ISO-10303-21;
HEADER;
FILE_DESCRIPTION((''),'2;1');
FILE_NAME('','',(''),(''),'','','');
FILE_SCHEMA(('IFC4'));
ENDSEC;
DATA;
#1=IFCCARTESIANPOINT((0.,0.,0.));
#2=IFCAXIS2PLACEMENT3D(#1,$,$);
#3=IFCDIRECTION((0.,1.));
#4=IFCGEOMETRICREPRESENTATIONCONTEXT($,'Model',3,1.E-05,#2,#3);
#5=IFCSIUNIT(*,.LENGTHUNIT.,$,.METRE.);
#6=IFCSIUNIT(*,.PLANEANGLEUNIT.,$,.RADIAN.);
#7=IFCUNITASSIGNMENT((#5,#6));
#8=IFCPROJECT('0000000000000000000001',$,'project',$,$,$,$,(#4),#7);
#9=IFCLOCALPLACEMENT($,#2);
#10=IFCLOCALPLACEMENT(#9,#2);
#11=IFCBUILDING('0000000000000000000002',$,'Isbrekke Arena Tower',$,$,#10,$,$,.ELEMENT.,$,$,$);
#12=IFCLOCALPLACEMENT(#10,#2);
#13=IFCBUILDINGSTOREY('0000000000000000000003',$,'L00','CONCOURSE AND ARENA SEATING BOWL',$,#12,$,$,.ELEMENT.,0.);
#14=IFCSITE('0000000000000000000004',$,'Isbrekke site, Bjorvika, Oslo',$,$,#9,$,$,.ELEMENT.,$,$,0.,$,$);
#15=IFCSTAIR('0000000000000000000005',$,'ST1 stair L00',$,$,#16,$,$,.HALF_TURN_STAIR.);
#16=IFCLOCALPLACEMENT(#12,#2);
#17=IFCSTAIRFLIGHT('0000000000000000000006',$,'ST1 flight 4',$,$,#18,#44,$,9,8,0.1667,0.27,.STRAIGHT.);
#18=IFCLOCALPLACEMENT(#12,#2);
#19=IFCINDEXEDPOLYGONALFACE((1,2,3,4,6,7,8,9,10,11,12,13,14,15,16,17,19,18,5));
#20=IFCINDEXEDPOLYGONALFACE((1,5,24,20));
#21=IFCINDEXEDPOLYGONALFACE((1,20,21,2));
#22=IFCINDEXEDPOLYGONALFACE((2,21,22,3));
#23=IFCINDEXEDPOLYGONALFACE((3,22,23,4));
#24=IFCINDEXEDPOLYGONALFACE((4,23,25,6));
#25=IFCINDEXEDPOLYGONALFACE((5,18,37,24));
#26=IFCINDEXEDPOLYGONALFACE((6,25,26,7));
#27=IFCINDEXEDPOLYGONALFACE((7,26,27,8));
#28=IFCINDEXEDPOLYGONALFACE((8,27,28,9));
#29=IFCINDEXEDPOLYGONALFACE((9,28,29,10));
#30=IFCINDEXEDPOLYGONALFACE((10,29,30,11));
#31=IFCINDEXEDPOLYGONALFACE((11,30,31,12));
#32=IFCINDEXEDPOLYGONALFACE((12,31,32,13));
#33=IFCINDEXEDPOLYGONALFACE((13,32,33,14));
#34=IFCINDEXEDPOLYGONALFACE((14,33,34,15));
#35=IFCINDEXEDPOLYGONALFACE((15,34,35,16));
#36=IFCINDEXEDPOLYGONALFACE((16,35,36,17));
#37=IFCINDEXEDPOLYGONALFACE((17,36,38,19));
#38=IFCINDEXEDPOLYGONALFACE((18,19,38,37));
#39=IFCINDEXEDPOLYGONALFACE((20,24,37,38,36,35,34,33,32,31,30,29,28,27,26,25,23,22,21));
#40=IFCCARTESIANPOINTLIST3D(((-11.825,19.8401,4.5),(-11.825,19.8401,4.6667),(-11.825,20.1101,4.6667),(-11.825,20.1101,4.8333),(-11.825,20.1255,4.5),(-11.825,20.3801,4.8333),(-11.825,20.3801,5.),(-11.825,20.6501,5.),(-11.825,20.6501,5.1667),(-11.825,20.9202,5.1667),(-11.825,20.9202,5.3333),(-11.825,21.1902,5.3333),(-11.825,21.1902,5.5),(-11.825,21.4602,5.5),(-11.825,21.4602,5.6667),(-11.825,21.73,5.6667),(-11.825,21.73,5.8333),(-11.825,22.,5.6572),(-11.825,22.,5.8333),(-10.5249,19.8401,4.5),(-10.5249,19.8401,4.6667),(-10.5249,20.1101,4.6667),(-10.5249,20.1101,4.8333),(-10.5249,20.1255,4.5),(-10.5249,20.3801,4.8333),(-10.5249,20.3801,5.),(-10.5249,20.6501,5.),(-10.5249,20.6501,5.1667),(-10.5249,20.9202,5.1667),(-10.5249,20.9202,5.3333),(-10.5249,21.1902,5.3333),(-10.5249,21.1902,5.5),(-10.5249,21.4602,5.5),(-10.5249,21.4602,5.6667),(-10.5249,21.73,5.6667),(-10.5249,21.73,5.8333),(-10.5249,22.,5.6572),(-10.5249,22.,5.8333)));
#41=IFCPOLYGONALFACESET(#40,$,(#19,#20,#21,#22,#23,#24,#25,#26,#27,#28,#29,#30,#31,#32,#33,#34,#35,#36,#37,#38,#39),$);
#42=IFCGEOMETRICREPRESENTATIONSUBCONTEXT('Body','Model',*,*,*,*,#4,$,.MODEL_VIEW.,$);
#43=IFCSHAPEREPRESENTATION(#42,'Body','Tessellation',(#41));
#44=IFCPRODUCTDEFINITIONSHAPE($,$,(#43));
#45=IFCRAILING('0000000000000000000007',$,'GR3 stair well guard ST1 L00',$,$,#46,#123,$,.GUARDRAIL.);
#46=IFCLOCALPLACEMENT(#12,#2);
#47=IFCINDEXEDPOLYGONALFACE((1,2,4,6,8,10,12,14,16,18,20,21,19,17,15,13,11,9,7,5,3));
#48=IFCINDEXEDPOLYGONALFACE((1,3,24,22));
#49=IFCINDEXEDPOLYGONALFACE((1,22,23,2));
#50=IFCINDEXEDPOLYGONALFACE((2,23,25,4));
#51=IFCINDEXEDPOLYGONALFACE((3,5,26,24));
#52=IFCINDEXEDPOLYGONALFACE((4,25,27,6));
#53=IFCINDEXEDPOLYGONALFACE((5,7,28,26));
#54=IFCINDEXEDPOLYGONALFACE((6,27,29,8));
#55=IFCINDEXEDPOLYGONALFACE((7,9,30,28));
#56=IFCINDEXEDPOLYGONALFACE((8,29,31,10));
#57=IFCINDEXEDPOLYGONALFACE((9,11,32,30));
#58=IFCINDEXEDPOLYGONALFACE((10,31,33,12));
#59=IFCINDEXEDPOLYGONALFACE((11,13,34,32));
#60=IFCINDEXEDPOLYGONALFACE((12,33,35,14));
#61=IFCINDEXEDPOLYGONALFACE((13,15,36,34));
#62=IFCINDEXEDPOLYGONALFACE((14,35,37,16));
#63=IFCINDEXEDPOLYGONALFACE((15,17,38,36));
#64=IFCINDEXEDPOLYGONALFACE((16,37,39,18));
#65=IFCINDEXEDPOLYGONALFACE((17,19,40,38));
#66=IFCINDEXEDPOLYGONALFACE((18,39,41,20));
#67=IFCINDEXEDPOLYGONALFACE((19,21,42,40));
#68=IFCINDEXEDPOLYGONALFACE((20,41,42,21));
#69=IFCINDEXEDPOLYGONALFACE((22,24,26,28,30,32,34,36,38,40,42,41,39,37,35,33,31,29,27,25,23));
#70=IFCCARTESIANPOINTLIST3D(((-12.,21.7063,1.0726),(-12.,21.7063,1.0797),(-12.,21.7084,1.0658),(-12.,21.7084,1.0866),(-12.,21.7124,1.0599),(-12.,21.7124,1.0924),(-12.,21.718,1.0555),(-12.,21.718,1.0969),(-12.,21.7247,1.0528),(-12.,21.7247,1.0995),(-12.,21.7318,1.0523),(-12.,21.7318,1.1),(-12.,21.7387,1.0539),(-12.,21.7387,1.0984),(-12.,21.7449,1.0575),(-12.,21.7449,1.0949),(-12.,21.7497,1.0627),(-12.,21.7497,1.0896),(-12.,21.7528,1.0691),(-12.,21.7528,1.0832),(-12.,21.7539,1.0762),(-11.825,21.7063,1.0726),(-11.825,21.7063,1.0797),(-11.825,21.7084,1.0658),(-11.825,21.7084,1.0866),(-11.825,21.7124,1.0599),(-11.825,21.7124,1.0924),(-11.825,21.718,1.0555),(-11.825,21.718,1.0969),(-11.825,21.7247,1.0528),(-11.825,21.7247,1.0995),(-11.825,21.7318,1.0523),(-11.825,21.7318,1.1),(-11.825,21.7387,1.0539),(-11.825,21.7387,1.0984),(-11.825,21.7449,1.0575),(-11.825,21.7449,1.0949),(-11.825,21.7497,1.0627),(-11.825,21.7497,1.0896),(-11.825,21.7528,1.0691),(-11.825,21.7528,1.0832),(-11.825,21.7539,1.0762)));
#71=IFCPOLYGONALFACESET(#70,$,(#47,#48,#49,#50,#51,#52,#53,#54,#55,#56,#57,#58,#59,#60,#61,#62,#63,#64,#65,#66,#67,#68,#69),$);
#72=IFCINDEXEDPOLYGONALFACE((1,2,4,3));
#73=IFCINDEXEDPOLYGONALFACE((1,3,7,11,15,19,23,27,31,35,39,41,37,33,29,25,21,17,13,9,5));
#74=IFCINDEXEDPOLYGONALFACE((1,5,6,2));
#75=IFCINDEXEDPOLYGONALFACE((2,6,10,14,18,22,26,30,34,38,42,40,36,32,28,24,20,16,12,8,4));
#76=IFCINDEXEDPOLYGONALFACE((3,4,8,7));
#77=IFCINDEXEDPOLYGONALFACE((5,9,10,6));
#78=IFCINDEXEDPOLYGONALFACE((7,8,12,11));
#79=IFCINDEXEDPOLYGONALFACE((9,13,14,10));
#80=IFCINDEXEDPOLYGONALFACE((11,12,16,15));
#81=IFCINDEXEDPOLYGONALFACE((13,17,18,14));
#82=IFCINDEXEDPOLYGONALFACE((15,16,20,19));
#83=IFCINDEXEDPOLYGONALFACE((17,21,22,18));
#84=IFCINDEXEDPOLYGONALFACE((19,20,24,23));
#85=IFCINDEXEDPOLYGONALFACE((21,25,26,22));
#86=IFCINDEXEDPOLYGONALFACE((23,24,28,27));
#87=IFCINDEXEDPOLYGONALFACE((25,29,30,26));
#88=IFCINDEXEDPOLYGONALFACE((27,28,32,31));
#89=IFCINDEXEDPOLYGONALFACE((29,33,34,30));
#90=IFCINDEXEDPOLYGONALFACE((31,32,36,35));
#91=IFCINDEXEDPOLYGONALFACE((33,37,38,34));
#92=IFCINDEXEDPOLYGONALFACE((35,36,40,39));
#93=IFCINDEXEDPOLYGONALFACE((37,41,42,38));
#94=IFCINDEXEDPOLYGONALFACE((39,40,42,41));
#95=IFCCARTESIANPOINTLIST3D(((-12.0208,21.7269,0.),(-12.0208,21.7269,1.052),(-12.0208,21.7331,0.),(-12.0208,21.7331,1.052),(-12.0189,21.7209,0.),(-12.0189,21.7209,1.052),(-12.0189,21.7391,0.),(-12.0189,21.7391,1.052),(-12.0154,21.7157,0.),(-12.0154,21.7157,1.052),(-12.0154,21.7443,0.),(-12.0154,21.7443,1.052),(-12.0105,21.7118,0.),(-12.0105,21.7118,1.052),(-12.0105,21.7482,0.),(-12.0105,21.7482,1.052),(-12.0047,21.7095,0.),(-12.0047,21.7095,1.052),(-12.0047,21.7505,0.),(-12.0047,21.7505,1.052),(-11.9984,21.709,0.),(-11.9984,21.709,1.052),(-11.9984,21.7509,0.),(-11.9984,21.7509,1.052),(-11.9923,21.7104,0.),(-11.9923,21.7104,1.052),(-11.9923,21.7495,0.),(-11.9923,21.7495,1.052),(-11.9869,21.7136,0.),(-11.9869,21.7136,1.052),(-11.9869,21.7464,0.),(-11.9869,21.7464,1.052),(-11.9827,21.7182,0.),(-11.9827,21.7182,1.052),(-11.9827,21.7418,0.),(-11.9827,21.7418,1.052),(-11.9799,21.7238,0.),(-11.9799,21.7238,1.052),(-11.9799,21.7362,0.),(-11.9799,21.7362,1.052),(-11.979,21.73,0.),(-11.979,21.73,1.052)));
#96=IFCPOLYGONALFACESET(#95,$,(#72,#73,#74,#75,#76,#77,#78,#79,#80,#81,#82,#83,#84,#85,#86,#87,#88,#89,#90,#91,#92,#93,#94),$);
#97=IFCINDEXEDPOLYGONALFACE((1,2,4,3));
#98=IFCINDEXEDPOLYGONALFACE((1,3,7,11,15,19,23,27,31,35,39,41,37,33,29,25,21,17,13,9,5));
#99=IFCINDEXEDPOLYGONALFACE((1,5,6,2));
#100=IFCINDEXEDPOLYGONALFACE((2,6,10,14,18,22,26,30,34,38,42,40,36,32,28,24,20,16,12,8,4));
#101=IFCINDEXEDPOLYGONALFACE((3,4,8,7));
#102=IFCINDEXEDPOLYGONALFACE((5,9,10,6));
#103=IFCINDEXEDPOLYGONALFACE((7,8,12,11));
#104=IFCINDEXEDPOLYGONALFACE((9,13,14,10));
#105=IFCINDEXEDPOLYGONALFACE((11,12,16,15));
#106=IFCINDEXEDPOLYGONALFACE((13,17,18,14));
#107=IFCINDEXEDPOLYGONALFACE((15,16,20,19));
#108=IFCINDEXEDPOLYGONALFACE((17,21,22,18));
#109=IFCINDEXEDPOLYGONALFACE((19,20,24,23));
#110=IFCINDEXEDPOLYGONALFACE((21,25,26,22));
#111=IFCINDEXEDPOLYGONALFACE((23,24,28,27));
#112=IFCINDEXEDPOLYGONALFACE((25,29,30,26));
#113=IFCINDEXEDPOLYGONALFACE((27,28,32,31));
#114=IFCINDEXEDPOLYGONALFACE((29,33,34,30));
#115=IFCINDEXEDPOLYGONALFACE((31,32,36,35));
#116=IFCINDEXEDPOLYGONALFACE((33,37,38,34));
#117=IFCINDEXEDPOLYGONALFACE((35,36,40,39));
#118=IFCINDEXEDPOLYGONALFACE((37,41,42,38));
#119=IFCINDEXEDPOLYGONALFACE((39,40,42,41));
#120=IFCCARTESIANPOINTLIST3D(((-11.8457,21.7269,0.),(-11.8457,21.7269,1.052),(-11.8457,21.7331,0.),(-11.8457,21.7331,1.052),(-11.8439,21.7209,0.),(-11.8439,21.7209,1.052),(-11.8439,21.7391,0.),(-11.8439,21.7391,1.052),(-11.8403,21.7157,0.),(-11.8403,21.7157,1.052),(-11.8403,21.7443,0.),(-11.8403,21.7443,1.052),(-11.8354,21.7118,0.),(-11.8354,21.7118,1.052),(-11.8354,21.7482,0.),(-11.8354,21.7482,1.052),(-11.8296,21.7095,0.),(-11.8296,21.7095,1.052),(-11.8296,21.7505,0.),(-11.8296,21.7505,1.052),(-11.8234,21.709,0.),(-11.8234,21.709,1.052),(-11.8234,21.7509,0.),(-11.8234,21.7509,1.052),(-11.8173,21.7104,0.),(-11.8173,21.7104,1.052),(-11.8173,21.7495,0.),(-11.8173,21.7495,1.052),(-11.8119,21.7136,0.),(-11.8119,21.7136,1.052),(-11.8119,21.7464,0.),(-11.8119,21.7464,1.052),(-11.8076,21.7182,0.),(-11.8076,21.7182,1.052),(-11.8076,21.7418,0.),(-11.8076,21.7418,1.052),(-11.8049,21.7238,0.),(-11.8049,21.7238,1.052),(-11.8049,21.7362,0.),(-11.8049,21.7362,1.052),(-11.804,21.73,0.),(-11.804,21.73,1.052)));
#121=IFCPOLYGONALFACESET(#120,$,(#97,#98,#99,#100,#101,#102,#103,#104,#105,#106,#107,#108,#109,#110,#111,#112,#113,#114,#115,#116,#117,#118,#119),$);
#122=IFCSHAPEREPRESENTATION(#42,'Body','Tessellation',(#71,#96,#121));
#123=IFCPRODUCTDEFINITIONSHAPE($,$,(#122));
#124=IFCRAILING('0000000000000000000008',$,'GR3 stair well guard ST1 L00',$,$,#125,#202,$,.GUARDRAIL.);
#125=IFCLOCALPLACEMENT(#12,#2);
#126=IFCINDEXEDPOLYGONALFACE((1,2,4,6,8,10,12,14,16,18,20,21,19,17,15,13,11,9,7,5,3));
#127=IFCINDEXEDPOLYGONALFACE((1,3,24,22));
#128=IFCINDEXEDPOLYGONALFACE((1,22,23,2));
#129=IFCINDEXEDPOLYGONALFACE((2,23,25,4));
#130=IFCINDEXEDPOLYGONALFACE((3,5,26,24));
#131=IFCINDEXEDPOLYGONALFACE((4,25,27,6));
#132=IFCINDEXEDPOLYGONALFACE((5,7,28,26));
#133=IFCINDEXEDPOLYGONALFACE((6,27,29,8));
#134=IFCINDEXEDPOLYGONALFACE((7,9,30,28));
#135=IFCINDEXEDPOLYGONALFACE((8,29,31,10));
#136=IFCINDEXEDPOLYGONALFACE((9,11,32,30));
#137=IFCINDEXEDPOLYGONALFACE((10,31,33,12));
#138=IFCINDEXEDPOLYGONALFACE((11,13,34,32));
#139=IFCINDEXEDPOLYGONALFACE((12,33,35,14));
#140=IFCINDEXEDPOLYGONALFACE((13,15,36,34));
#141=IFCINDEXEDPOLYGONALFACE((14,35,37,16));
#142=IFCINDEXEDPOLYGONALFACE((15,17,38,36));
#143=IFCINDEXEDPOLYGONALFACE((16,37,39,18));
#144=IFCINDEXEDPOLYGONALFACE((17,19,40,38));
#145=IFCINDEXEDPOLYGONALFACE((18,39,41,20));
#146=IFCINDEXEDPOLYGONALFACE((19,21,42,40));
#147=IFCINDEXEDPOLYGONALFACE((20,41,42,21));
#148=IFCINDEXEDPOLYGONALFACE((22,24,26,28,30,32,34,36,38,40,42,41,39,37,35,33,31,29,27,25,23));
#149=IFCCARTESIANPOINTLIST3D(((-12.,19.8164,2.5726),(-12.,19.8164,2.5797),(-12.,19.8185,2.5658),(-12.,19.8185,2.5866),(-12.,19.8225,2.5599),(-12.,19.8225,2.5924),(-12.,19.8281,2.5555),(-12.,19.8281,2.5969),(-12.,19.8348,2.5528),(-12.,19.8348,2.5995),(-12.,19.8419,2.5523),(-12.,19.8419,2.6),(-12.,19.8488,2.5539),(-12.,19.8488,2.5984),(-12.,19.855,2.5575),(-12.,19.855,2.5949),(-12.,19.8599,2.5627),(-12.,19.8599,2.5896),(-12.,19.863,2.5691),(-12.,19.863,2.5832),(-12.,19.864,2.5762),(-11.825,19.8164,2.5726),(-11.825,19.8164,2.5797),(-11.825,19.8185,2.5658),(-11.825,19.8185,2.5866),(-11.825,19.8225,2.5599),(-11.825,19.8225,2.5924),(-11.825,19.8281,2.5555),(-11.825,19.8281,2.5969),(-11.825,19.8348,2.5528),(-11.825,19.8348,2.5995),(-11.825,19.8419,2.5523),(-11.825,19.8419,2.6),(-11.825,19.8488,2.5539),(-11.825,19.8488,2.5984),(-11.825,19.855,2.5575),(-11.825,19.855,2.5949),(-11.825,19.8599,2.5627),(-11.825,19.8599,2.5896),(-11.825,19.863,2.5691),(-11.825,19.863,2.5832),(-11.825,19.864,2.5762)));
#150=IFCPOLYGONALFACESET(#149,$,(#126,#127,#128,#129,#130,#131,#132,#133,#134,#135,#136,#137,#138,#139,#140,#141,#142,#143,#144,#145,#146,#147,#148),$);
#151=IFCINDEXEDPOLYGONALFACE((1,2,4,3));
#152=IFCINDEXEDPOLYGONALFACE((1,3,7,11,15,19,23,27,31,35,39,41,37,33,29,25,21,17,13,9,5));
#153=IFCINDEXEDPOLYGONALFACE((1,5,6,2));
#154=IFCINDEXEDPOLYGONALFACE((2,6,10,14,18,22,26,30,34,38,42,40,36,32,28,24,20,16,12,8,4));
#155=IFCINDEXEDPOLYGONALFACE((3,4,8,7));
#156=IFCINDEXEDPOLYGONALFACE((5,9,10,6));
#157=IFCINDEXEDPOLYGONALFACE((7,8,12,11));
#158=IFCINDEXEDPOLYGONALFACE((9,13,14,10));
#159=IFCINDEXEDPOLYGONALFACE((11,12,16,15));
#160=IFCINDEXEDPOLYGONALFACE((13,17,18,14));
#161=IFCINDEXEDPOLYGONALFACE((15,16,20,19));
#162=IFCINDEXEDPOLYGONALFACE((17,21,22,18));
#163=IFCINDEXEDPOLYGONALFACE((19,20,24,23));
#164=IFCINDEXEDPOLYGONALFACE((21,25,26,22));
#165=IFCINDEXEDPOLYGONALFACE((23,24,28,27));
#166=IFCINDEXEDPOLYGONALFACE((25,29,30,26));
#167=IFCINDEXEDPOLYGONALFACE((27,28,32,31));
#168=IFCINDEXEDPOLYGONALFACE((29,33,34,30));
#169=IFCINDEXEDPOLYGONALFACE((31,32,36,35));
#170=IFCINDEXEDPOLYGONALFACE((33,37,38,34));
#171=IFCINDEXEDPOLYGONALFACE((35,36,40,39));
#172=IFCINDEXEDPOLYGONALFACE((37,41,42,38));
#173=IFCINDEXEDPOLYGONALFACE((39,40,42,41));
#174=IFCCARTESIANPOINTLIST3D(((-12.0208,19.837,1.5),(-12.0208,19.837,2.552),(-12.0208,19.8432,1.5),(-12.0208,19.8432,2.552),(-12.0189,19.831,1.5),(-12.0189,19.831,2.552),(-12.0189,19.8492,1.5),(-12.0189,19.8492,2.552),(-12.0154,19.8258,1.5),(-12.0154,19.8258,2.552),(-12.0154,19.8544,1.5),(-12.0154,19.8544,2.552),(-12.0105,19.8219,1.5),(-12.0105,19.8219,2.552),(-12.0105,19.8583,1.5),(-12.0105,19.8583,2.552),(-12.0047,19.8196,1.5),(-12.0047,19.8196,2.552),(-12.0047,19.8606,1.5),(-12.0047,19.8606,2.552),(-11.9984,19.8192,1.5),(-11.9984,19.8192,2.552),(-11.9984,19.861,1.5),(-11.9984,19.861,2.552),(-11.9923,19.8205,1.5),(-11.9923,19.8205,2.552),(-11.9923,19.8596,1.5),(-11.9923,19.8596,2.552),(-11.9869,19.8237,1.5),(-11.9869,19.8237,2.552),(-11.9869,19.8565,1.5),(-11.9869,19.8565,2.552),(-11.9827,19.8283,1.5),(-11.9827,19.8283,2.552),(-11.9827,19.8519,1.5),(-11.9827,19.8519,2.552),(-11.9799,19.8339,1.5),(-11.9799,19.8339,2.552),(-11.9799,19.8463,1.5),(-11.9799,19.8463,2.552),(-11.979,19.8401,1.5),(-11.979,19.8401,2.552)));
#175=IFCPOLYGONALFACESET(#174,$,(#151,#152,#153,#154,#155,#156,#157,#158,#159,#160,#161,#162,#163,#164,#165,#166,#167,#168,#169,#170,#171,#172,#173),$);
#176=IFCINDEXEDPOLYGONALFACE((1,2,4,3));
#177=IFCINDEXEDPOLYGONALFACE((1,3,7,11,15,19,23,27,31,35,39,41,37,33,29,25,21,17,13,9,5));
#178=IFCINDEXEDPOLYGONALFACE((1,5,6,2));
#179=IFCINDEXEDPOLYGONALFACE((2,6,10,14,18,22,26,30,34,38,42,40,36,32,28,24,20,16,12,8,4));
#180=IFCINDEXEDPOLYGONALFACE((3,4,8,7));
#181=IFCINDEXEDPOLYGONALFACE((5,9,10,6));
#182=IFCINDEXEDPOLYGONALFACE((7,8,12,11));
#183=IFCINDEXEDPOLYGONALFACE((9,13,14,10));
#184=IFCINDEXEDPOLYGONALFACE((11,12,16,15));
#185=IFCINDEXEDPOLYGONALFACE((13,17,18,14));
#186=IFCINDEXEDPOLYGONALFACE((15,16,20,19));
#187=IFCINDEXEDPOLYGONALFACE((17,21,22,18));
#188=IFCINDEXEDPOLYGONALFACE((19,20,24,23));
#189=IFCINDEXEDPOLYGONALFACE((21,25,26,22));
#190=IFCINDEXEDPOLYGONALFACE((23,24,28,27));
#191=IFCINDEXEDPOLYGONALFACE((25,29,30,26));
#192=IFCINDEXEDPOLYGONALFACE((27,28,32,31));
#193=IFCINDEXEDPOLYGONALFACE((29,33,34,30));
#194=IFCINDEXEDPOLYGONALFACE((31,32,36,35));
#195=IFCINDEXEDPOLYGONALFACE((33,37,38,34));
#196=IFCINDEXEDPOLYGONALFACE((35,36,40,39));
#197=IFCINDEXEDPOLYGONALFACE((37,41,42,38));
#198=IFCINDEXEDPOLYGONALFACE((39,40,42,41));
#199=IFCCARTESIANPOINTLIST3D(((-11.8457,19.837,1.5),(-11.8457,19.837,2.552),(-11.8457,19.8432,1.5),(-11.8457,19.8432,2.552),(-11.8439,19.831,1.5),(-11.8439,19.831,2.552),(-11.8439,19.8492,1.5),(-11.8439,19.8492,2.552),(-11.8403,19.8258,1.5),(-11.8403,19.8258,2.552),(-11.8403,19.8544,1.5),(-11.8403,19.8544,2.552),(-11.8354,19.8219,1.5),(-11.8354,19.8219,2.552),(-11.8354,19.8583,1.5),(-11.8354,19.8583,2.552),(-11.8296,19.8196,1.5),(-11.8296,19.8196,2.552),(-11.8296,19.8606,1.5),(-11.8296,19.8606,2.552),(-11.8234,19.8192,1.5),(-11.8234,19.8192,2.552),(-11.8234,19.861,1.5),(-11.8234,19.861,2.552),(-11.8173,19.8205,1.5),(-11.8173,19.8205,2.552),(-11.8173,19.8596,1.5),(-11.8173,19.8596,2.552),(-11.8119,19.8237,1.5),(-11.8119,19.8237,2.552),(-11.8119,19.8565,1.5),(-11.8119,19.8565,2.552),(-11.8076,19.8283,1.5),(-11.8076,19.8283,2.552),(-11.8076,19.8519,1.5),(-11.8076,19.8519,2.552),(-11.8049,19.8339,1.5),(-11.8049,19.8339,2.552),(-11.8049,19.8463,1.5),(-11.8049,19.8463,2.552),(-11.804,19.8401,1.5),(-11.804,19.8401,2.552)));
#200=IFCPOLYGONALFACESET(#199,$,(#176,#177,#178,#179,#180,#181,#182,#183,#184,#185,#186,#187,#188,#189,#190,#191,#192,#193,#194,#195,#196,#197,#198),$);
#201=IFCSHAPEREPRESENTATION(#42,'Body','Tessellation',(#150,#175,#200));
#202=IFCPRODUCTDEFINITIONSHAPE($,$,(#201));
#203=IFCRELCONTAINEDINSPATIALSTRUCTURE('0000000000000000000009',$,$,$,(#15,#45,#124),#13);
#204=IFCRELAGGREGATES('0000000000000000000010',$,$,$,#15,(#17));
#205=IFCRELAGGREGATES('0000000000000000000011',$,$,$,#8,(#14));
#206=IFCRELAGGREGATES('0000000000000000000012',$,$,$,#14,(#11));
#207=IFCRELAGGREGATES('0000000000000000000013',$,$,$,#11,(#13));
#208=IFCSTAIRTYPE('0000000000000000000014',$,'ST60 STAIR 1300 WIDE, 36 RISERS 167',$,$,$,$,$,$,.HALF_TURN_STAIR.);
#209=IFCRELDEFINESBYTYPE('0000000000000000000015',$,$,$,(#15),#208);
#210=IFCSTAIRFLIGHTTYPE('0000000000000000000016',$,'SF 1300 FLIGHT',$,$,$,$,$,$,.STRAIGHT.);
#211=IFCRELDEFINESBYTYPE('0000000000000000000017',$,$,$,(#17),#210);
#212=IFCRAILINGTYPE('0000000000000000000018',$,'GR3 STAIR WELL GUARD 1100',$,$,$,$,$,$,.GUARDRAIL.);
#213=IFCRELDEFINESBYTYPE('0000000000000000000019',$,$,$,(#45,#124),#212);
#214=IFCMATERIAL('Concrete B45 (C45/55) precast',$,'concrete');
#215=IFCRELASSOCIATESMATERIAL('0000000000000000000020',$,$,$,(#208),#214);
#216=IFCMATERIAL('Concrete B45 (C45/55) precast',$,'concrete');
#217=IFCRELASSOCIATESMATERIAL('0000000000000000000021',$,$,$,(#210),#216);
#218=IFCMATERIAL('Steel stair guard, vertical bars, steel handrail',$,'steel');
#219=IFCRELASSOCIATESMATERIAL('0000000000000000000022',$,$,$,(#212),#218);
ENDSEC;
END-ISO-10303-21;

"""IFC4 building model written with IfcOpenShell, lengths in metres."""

from ifc_helpers import new_model, si_unit, direction, frame, origin, origin_2d, place, context, subcontext, project, spatial, polyline, circle, outline, extrude, material, type_object, element, aggregate, save


model = new_model("IFC4")

# Units and contexts
model_context = context("Model", 3, precision=1e-05, world=origin(), true_north=direction((0.0, 1.0)))
body_context = subcontext(model_context, "Body", "Model", "MODEL_VIEW")
ifc_project = project(units=[si_unit("LENGTHUNIT", "METRE"), si_unit("PLANEANGLEUNIT", "RADIAN")], contexts=[model_context])

# Site, building, storey
site_placement = place(None, origin())
site = spatial("IfcSite", under=ifc_project, at=site_placement, Name="Isbrekke site, Bjorvika, Oslo", CompositionType="ELEMENT", RefElevation=0.0)
building_placement = place(site_placement, origin())
building = spatial("IfcBuilding", under=site, at=building_placement, Name="Isbrekke Arena Tower", CompositionType="ELEMENT")
storey_placement = place(building_placement, origin())
storey = spatial("IfcBuildingStorey", under=building, at=storey_placement, Name="L00", Description="CONCOURSE AND ARENA SEATING BOWL", CompositionType="ELEMENT", Elevation=0.0)

# Stair, stair flight
ifc_material_1 = material(Name="Concrete B45 (C45/55) precast", Category="concrete")
stair_type = type_object("IfcStairType", Name="ST60 STAIR 1300 WIDE, 36 RISERS 167", PredefinedType="HALF_TURN_STAIR", material=ifc_material_1)
stair_placement = place(storey_placement, origin())
stair = element("IfcStair", 1, at=stair_placement, inside=storey, type_object=stair_type, Name="ST1 stair L00", PredefinedType="HALF_TURN_STAIR")
ifc_material_2 = material(Name="Concrete B45 (C45/55) precast", Category="concrete")
stair_flight_type = type_object("IfcStairFlightType", Name="SF 1300 FLIGHT", PredefinedType="STRAIGHT", material=ifc_material_2)
stair_flight_1_placement = place(storey_placement, frame((-11.175, 19.8401, 4.5), z_axis=(0.0, 0.0, 1.0), x_axis=(0.0, 1.0, 0.0)))
stair_flight_1 = element("IfcStairFlight", 2, at=stair_flight_1_placement, type_object=stair_flight_type, Name="ST1 flight 4", NumberOfRisers=9, NumberOfTreads=8, PredefinedType="STRAIGHT", RiserHeight=0.1667, TreadLength=0.27, context=body_context, shape_type="SweptSolid", body=[
    extrude(outline(polyline([(0.0, 0.0), (0.0, 0.1667), (0.27, 0.1667), (0.27, 0.3333), (0.54, 0.3333), (0.54, 0.5), (0.8101, 0.5), (0.8101, 0.6667), (1.0801, 0.6667), (1.0801, 0.8333), (1.3501, 0.8333), (1.3501, 1.0), (1.6201, 1.0), (1.6201, 1.1667), (1.8899, 1.1667), (1.8899, 1.3333), (2.1599, 1.3333), (2.1599, 1.5), (2.1599, 1.1572), (0.2854, 0.0), (0.0, 0.0)])), frame((0.0, 0.6499, 0.0), z_axis=(0.0, -1.0, 0.0), x_axis=(1.0, 0.0, 0.0)), (0.0, 0.0, 1.0), 1.3),
])
aggregate(stair, [stair_flight_1])

# Railings
ifc_material_3 = material(Name="Steel stair guard, vertical bars, steel handrail", Category="steel")
railing_type = type_object("IfcRailingType", Name="GR3 STAIR WELL GUARD 1100", PredefinedType="GUARDRAIL", material=ifc_material_3)
for number, where, name in (
    (3, (-12.0, 21.73, 0.0), "GR3 stair well guard ST1 L00"),
    (4, (-12.0, 19.8401, 1.5), "GR3 stair well guard ST1 L00"),
):
    element("IfcRailing", number, at=place(storey_placement, frame(where)), inside=storey, type_object=railing_type, Name=name, PredefinedType="GUARDRAIL", context=body_context, shape_type="SweptSolid", body=[
        extrude(circle(Radius=0.0239, at=origin_2d()), frame((0.0, 0.0, 1.0762), z_axis=(1.0, 0.0, 0.0), x_axis=(0.0, 1.0, 0.0)), (0.0, 0.0, 1.0), 0.175),
        extrude(circle(Radius=0.021, at=origin_2d()), origin(), (0.0, 0.0, 1.0), 1.052),
        extrude(circle(Radius=0.021, at=origin_2d()), frame((0.175, 0.0, 0.0)), (0.0, 0.0, 1.0), 1.052),
    ])

save(model, "model.ifc")
